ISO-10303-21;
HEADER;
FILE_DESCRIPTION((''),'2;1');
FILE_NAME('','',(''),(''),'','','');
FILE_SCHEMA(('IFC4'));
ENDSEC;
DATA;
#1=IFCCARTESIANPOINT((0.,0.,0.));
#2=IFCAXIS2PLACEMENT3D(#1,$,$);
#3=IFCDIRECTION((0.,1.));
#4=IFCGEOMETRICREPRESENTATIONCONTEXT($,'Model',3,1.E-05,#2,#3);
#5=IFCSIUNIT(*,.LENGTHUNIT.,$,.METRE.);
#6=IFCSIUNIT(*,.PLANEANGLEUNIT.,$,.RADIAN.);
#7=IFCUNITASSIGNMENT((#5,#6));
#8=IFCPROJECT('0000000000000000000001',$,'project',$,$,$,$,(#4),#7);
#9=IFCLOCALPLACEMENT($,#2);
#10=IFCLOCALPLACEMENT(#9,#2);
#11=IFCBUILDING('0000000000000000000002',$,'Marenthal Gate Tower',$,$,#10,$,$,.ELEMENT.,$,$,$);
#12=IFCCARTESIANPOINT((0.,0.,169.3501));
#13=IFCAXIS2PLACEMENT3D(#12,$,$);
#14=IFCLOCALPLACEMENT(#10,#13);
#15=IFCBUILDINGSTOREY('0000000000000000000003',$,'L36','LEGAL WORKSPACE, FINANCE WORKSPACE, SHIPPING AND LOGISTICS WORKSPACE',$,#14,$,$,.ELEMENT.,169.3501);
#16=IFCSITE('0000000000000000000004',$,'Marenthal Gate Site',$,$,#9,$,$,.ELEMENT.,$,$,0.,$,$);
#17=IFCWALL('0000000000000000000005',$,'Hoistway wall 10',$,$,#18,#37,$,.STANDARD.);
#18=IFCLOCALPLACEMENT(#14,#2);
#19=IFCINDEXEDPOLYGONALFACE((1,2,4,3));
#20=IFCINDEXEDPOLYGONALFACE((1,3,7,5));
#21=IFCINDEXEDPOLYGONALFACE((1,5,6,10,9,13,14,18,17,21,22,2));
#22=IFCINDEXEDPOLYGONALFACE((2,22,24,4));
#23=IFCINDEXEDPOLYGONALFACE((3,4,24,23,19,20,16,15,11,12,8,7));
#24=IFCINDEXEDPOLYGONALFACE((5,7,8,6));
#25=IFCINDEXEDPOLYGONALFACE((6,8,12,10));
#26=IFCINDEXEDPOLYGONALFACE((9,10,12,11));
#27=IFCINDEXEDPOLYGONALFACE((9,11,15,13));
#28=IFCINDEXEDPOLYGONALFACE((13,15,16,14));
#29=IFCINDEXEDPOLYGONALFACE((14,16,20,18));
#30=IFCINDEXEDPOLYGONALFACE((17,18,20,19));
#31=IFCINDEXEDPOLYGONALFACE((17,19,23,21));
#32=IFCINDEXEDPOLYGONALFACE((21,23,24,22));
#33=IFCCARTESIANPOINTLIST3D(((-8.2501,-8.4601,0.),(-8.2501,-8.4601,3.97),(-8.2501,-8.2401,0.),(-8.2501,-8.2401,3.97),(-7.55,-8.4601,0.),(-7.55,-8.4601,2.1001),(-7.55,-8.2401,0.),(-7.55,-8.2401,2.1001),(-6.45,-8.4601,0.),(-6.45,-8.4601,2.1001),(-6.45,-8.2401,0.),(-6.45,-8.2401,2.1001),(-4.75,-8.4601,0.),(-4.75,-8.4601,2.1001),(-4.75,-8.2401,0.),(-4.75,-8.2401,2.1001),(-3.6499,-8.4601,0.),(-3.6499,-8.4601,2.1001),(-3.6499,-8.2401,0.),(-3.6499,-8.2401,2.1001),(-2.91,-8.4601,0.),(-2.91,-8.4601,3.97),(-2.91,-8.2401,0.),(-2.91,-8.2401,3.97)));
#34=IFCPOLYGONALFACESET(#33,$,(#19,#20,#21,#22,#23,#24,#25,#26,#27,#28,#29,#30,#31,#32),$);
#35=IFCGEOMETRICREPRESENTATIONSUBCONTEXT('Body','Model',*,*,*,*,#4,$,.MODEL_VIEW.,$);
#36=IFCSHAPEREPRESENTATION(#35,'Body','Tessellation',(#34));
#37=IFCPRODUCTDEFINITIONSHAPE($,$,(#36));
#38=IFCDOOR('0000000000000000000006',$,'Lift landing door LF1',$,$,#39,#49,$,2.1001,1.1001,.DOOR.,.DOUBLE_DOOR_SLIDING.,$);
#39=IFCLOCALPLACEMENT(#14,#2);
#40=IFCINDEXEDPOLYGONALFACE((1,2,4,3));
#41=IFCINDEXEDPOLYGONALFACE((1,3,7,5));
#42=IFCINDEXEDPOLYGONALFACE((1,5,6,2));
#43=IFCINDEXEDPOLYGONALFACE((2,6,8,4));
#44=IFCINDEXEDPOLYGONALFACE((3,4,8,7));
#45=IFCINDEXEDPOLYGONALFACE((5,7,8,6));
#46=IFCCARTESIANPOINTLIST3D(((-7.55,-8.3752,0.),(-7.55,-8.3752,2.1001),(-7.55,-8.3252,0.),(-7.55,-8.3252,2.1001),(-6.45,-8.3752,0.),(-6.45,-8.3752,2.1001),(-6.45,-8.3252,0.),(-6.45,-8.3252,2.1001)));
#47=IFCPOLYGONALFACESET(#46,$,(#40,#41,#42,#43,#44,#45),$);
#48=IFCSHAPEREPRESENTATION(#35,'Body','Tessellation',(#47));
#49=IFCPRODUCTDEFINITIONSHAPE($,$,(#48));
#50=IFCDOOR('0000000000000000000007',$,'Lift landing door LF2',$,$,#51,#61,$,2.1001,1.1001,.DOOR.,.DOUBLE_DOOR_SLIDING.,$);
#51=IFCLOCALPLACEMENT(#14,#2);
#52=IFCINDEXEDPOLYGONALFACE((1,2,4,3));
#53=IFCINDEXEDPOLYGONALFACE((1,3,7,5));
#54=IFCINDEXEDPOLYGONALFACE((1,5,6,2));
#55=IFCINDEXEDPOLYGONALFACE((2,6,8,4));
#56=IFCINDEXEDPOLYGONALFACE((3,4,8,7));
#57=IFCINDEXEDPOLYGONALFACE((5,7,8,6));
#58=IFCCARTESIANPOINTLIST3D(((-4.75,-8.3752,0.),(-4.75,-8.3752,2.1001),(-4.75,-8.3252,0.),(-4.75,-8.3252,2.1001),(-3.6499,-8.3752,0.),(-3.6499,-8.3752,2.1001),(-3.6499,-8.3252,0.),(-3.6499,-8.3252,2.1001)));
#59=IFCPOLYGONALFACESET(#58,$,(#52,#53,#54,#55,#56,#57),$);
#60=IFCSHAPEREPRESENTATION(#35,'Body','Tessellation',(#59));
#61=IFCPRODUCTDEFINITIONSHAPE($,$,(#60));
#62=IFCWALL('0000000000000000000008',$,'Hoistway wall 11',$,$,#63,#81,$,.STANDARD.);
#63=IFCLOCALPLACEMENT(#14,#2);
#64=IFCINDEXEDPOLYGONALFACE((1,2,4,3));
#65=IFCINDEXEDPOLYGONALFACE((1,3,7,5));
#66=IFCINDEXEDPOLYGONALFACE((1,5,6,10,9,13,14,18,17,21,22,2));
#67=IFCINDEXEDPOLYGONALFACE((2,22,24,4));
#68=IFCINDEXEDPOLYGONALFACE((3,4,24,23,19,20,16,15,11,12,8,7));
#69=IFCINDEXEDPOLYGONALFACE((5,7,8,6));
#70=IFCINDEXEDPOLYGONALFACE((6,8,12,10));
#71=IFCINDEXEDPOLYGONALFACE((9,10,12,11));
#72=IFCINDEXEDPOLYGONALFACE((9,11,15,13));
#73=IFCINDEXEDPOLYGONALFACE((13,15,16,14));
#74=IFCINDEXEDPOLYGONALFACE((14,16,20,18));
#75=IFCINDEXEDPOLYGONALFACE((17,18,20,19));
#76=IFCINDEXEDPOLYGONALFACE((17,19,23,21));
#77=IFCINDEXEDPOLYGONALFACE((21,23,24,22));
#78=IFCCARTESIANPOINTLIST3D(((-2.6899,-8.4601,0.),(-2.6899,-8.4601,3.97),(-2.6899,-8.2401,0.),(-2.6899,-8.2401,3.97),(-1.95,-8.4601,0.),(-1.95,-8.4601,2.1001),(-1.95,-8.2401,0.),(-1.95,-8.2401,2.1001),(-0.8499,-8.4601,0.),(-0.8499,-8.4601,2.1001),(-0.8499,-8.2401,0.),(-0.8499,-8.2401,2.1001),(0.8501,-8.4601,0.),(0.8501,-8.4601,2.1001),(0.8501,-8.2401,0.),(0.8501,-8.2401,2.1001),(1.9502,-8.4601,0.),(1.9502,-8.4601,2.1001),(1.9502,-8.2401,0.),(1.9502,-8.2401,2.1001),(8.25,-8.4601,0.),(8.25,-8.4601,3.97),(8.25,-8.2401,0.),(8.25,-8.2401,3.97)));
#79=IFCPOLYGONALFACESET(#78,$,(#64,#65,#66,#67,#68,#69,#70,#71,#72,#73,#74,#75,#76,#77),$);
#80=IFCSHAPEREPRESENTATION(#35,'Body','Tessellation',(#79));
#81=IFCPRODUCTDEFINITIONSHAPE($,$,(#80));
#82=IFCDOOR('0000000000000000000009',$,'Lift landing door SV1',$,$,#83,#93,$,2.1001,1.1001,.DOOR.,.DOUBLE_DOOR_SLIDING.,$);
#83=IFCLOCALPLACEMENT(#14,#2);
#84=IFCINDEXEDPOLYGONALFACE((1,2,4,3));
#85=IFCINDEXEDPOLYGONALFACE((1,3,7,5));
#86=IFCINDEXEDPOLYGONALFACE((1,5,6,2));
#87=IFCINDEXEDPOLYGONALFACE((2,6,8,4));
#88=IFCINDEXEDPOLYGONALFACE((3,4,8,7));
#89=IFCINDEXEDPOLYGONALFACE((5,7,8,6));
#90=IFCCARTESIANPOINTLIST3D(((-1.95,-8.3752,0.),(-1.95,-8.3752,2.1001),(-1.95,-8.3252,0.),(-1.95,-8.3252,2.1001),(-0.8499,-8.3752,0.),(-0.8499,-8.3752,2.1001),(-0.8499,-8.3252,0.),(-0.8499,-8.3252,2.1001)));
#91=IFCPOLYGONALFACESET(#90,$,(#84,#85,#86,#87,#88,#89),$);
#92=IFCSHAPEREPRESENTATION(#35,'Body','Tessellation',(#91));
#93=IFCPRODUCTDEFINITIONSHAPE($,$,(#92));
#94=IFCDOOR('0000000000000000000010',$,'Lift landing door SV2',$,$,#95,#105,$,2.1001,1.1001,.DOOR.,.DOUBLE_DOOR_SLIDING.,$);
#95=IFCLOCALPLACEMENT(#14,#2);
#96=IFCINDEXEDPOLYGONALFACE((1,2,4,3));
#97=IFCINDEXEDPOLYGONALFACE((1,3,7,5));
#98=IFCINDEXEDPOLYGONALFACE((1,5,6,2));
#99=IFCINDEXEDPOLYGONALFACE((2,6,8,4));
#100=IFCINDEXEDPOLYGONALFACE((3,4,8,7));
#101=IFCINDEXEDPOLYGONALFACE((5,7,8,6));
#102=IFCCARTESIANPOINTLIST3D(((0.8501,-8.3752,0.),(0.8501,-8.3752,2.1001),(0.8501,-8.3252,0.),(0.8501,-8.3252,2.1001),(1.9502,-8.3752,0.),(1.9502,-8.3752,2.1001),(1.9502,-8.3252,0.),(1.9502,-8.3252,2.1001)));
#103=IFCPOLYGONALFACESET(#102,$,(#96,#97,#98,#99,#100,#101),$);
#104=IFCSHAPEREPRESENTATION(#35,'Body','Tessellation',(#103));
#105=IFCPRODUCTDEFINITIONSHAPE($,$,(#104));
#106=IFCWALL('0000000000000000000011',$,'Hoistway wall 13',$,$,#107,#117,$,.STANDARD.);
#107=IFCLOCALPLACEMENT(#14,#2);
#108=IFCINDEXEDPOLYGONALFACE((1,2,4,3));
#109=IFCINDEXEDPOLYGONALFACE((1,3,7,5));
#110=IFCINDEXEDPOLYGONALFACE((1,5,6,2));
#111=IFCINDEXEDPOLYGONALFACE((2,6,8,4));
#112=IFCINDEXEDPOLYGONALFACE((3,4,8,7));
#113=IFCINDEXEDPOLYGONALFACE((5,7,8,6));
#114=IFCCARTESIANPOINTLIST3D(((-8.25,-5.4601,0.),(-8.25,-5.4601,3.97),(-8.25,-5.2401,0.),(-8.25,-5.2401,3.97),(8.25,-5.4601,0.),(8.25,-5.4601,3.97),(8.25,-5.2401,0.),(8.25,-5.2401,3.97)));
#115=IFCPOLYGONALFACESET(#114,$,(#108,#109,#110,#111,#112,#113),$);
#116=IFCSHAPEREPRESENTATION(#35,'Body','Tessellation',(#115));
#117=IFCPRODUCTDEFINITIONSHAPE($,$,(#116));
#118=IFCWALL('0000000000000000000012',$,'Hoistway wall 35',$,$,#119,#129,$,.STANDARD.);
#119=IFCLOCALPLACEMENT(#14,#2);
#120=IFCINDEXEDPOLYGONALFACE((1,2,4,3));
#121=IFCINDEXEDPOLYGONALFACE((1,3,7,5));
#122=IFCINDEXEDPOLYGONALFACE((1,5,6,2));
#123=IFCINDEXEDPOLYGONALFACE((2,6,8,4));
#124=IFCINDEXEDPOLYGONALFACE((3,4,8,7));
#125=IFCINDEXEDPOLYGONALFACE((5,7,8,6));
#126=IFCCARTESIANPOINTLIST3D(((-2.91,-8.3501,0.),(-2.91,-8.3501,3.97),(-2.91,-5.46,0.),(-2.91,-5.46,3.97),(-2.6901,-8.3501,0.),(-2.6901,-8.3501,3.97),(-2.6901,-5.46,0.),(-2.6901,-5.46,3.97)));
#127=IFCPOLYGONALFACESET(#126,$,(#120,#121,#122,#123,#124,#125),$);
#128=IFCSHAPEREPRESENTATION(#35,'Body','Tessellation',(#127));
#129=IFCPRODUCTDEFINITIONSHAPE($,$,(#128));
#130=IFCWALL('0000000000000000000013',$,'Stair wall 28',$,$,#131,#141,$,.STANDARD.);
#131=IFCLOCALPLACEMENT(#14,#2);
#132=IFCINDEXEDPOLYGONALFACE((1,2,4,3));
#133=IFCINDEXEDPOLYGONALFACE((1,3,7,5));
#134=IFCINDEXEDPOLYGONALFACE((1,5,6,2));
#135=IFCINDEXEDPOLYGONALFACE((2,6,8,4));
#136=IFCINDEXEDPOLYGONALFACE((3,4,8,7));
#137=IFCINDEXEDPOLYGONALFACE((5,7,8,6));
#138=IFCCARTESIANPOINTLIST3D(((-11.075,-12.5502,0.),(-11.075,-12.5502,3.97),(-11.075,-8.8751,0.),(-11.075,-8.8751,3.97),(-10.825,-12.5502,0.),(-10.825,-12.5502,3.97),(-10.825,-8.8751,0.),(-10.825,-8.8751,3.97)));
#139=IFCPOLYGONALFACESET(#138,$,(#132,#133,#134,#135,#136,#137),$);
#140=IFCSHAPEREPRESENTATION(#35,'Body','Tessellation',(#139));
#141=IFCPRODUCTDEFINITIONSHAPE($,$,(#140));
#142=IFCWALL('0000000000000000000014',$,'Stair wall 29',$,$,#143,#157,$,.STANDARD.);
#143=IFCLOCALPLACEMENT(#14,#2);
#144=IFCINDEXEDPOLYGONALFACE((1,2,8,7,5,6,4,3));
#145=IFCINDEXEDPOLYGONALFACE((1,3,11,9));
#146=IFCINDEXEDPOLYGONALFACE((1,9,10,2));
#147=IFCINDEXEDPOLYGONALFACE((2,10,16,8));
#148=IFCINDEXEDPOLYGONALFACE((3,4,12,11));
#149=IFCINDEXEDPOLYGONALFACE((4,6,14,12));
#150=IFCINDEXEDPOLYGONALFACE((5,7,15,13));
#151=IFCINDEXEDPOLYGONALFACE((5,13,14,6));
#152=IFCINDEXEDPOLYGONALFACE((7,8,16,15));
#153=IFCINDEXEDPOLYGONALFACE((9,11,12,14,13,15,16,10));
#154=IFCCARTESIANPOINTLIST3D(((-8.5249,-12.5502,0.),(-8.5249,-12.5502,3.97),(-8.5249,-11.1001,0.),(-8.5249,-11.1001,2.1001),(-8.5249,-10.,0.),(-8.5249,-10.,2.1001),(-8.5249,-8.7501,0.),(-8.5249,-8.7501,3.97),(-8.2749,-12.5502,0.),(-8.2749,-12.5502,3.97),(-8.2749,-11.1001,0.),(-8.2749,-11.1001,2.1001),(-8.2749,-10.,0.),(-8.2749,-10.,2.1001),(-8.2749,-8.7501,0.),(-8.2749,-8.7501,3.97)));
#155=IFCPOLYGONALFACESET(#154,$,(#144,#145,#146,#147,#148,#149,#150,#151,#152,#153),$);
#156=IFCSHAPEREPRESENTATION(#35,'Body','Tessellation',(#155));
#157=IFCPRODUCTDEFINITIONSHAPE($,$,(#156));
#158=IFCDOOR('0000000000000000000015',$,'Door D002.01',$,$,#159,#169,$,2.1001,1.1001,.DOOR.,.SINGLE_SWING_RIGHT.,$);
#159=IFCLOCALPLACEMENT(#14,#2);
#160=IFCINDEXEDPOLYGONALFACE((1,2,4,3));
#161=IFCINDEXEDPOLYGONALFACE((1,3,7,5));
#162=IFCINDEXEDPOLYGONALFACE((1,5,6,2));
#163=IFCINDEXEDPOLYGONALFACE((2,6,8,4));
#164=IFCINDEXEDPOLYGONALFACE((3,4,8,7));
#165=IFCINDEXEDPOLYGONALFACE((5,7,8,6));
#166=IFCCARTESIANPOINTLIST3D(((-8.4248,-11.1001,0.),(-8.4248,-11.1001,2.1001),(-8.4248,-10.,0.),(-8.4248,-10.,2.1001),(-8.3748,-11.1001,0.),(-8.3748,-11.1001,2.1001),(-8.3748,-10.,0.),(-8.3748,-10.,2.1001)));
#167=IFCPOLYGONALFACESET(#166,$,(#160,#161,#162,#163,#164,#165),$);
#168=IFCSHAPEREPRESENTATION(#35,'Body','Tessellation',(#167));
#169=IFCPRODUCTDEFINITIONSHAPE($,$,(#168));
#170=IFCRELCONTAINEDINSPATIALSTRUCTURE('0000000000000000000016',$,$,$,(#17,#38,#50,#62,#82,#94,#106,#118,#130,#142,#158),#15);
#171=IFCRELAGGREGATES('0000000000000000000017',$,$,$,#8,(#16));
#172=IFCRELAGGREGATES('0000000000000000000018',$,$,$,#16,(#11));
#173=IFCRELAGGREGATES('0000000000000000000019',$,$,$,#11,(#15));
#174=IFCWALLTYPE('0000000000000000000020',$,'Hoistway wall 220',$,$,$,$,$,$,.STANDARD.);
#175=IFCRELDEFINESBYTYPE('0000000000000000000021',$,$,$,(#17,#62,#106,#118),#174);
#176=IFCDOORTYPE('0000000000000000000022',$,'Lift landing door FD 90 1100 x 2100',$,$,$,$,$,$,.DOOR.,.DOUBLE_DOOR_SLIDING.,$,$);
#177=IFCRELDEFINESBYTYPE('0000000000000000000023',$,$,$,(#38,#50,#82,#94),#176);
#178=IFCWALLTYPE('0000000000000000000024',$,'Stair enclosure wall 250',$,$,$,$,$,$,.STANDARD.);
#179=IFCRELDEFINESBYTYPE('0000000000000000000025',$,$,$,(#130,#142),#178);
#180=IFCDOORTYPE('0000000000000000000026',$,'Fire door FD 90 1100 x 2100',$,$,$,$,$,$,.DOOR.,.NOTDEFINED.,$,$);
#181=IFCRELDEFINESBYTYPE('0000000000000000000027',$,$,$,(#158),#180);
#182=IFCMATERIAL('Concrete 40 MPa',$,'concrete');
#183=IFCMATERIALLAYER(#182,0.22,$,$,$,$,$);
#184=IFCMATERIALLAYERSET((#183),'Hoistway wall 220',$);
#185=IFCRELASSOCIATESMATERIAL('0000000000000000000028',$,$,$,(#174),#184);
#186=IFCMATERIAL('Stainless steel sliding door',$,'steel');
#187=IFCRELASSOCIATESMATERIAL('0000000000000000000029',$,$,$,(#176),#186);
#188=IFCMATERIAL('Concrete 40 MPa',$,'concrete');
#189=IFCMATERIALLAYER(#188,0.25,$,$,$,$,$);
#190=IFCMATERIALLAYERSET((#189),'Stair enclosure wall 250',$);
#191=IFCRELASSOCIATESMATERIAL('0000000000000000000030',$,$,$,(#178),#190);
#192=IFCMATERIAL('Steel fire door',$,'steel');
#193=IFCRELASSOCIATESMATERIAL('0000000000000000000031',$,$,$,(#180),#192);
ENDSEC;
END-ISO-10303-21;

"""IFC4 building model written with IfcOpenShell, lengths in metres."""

from ifc_helpers import new_model, si_unit, direction, frame, frame_2d, origin, place, context, subcontext, project, spatial, rectangle, extrude, material, layer, layer_set, type_object, element, fill, save


model = new_model("IFC4")

# Units and contexts
model_context = context("Model", 3, precision=1e-05, world=origin(), true_north=direction((0.0, 1.0)))
body_context = subcontext(model_context, "Body", "Model", "MODEL_VIEW")
ifc_project = project(units=[si_unit("LENGTHUNIT", "METRE"), si_unit("PLANEANGLEUNIT", "RADIAN")], contexts=[model_context])

# Site, building, storey
site_placement = place(None, origin())
site = spatial("IfcSite", under=ifc_project, at=site_placement, Name="Marenthal Gate Site", CompositionType="ELEMENT", RefElevation=0.0)
building_placement = place(site_placement, origin())
building = spatial("IfcBuilding", under=site, at=building_placement, Name="Marenthal Gate Tower", CompositionType="ELEMENT")
storey_placement = place(building_placement, frame((0.0, 0.0, 169.3501)))
storey = spatial("IfcBuildingStorey", under=building, at=storey_placement, Name="L36", Description="LEGAL WORKSPACE, FINANCE WORKSPACE, SHIPPING AND LOGISTICS WORKSPACE", CompositionType="ELEMENT", Elevation=169.3501)

# Walls, openings, doors
ifc_material_1 = material(Name="Concrete 40 MPa", Category="concrete")
ifc_layer_1 = layer(ifc_material_1, 0.22)
ifc_layer_set_1 = layer_set([ifc_layer_1], Name="Hoistway wall 220")
wall_type_1 = type_object("IfcWallType", Name="Hoistway wall 220", PredefinedType="STANDARD", material=ifc_layer_set_1)
wall_1_placement = place(storey_placement, frame((-8.25, -8.3501, 0.0), z_axis=(0.0, 0.0, 1.0), x_axis=(1.0, 0.0, 0.0)))
wall_1 = element("IfcWall", 1, at=wall_1_placement, inside=storey, type_object=wall_type_1, Name="Hoistway wall 10", PredefinedType="STANDARD", context=body_context, shape_type="SweptSolid", body=[
    extrude(rectangle(XDim=5.3401, YDim=0.22, at=frame_2d((2.6699, 0.0))), origin(), (0.0, 0.0, 1.0), 3.97),
])
opening_1_placement = place(wall_1_placement, frame((0.7, 0.0, 0.0)))
opening_1 = element("IfcOpeningElement", 2, at=opening_1_placement, cuts=wall_1, PredefinedType="OPENING", context=body_context, shape_type="SweptSolid", body=[
    extrude(rectangle(XDim=1.1001, YDim=2.1001, at=frame_2d((0.55, 1.05))), frame((0.0, 0.1201, 0.0), z_axis=(0.0, -1.0, 0.0), x_axis=(1.0, 0.0, 0.0)), (0.0, 0.0, 1.0), 0.24),
])
opening_2_placement = place(wall_1_placement, frame((3.5, 0.0, 0.0)))
opening_2 = element("IfcOpeningElement", 3, at=opening_2_placement, cuts=wall_1, PredefinedType="OPENING", context=body_context, shape_type="SweptSolid", body=[
    extrude(rectangle(XDim=1.1001, YDim=2.1001, at=frame_2d((0.55, 1.05))), frame((0.0, 0.1201, 0.0), z_axis=(0.0, -1.0, 0.0), x_axis=(1.0, 0.0, 0.0)), (0.0, 0.0, 1.0), 0.24),
])
ifc_material_2 = material(Name="Stainless steel sliding door", Category="steel")
door_type_1 = type_object("IfcDoorType", Name="Lift landing door FD 90 1100 x 2100", OperationType="DOUBLE_DOOR_SLIDING", PredefinedType="DOOR", material=ifc_material_2)
door_1_placement = place(opening_1_placement, origin())
door_1 = element("IfcDoor", 4, at=door_1_placement, inside=storey, type_object=door_type_1, Name="Lift landing door LF1", OperationType="DOUBLE_DOOR_SLIDING", OverallHeight=2.1001, OverallWidth=1.1001, PredefinedType="DOOR", context=body_context, shape_type="SweptSolid", body=[
    extrude(rectangle(XDim=1.1001, YDim=2.1001, at=frame_2d((0.55, 1.05))), frame((0.0, 0.0249, 0.0), z_axis=(0.0, -1.0, 0.0), x_axis=(1.0, 0.0, 0.0)), (0.0, 0.0, 1.0), 0.05),
])
fill(opening_1, door_1)
door_2_placement = place(opening_2_placement, origin())
door_2 = element("IfcDoor", 5, at=door_2_placement, inside=storey, type_object=door_type_1, Name="Lift landing door LF2", OperationType="DOUBLE_DOOR_SLIDING", OverallHeight=2.1001, OverallWidth=1.1001, PredefinedType="DOOR", context=body_context, shape_type="SweptSolid", body=[
    extrude(rectangle(XDim=1.1001, YDim=2.1001, at=frame_2d((0.55, 1.05))), frame((0.0, 0.0249, 0.0), z_axis=(0.0, -1.0, 0.0), x_axis=(1.0, 0.0, 0.0)), (0.0, 0.0, 1.0), 0.05),
])
fill(opening_2, door_2)
wall_2_placement = place(storey_placement, frame((-2.6899, -8.3501, 0.0), z_axis=(0.0, 0.0, 1.0), x_axis=(1.0, 0.0, 0.0)))
wall_2 = element("IfcWall", 6, at=wall_2_placement, inside=storey, type_object=wall_type_1, Name="Hoistway wall 11", PredefinedType="STANDARD", context=body_context, shape_type="SweptSolid", body=[
    extrude(rectangle(XDim=10.9399, YDim=0.22, at=frame_2d((5.47, 0.0))), origin(), (0.0, 0.0, 1.0), 3.97),
])
opening_3_placement = place(wall_2_placement, frame((0.74, 0.0, 0.0)))
opening_3 = element("IfcOpeningElement", 7, at=opening_3_placement, cuts=wall_2, PredefinedType="OPENING", context=body_context, shape_type="SweptSolid", body=[
    extrude(rectangle(XDim=1.1001, YDim=2.1001, at=frame_2d((0.55, 1.05))), frame((0.0, 0.1201, 0.0), z_axis=(0.0, -1.0, 0.0), x_axis=(1.0, 0.0, 0.0)), (0.0, 0.0, 1.0), 0.24),
])
opening_4_placement = place(wall_2_placement, frame((3.54, 0.0, 0.0)))
opening_4 = element("IfcOpeningElement", 8, at=opening_4_placement, cuts=wall_2, PredefinedType="OPENING", context=body_context, shape_type="SweptSolid", body=[
    extrude(rectangle(XDim=1.1001, YDim=2.1001, at=frame_2d((0.55, 1.05))), frame((0.0, 0.1201, 0.0), z_axis=(0.0, -1.0, 0.0), x_axis=(1.0, 0.0, 0.0)), (0.0, 0.0, 1.0), 0.24),
])
door_3_placement = place(opening_3_placement, origin())
door_3 = element("IfcDoor", 9, at=door_3_placement, inside=storey, type_object=door_type_1, Name="Lift landing door SV1", OperationType="DOUBLE_DOOR_SLIDING", OverallHeight=2.1001, OverallWidth=1.1001, PredefinedType="DOOR", context=body_context, shape_type="SweptSolid", body=[
    extrude(rectangle(XDim=1.1001, YDim=2.1001, at=frame_2d((0.55, 1.05))), frame((0.0, 0.0249, 0.0), z_axis=(0.0, -1.0, 0.0), x_axis=(1.0, 0.0, 0.0)), (0.0, 0.0, 1.0), 0.05),
])
fill(opening_3, door_3)
door_4_placement = place(opening_4_placement, origin())
door_4 = element("IfcDoor", 10, at=door_4_placement, inside=storey, type_object=door_type_1, Name="Lift landing door SV2", OperationType="DOUBLE_DOOR_SLIDING", OverallHeight=2.1001, OverallWidth=1.1001, PredefinedType="DOOR", context=body_context, shape_type="SweptSolid", body=[
    extrude(rectangle(XDim=1.1001, YDim=2.1001, at=frame_2d((0.55, 1.05))), frame((0.0, 0.0249, 0.0), z_axis=(0.0, -1.0, 0.0), x_axis=(1.0, 0.0, 0.0)), (0.0, 0.0, 1.0), 0.05),
])
fill(opening_4, door_4)

# Walls
wall_3_placement = place(storey_placement, frame((-8.25, -5.3501, 0.0), z_axis=(0.0, 0.0, 1.0), x_axis=(1.0, 0.0, 0.0)))
element("IfcWall", 11, at=wall_3_placement, inside=storey, type_object=wall_type_1, Name="Hoistway wall 13", PredefinedType="STANDARD", context=body_context, shape_type="SweptSolid", body=[
    extrude(rectangle(XDim=16.5, YDim=0.22, at=frame_2d((8.25, 0.0))), origin(), (0.0, 0.0, 1.0), 3.97),
])
wall_4_placement = place(storey_placement, frame((-2.8, -8.3501, 0.0), z_axis=(0.0, 0.0, 1.0), x_axis=(0.0, 1.0, 0.0)))
element("IfcWall", 12, at=wall_4_placement, inside=storey, type_object=wall_type_1, Name="Hoistway wall 35", PredefinedType="STANDARD", context=body_context, shape_type="SweptSolid", body=[
    extrude(rectangle(XDim=2.8901, YDim=0.22, at=frame_2d((1.4451, 0.0))), origin(), (0.0, 0.0, 1.0), 3.97),
])
ifc_material_3 = material(Name="Concrete 40 MPa", Category="concrete")
ifc_layer_2 = layer(ifc_material_3, 0.25)
ifc_layer_set_2 = layer_set([ifc_layer_2], Name="Stair enclosure wall 250")
wall_type_2 = type_object("IfcWallType", Name="Stair enclosure wall 250", PredefinedType="STANDARD", material=ifc_layer_set_2)
wall_5_placement = place(storey_placement, frame((-10.95, -12.55, 0.0), z_axis=(0.0, 0.0, 1.0), x_axis=(0.0, 1.0, 0.0)))
element("IfcWall", 13, at=wall_5_placement, inside=storey, type_object=wall_type_2, Name="Stair wall 28", PredefinedType="STANDARD", context=body_context, shape_type="SweptSolid", body=[
    extrude(rectangle(XDim=3.675, YDim=0.25, at=frame_2d((1.8374, 0.0))), origin(), (0.0, 0.0, 1.0), 3.97),
])

# Wall, opening, door
wall_6_placement = place(storey_placement, frame((-8.3999, -12.55, 0.0), z_axis=(0.0, 0.0, 1.0), x_axis=(0.0, 1.0, 0.0)))
wall_6 = element("IfcWall", 14, at=wall_6_placement, inside=storey, type_object=wall_type_2, Name="Stair wall 29", PredefinedType="STANDARD", context=body_context, shape_type="SweptSolid", body=[
    extrude(rectangle(XDim=3.8, YDim=0.25, at=frame_2d((1.8999, 0.0))), origin(), (0.0, 0.0, 1.0), 3.97),
])
opening_5_placement = place(wall_6_placement, frame((1.45, 0.0, 0.0)))
opening_5 = element("IfcOpeningElement", 15, at=opening_5_placement, cuts=wall_6, PredefinedType="OPENING", context=body_context, shape_type="SweptSolid", body=[
    extrude(rectangle(XDim=1.1001, YDim=2.1001, at=frame_2d((0.55, 1.05))), frame((0.0, 0.135, 0.0), z_axis=(0.0, -1.0, 0.0), x_axis=(1.0, 0.0, 0.0)), (0.0, 0.0, 1.0), 0.27),
])
ifc_material_4 = material(Name="Steel fire door", Category="steel")
door_type_2 = type_object("IfcDoorType", Name="Fire door FD 90 1100 x 2100", OperationType="NOTDEFINED", PredefinedType="DOOR", material=ifc_material_4)
door_5_placement = place(opening_5_placement, origin())
door_5 = element("IfcDoor", 16, at=door_5_placement, inside=storey, type_object=door_type_2, Name="Door D002.01", OperationType="SINGLE_SWING_RIGHT", OverallHeight=2.1001, OverallWidth=1.1001, PredefinedType="DOOR", context=body_context, shape_type="SweptSolid", body=[
    extrude(rectangle(XDim=1.1001, YDim=2.1001, at=frame_2d((0.55, 1.05))), frame((0.0, 0.0249, 0.0), z_axis=(0.0, -1.0, 0.0), x_axis=(1.0, 0.0, 0.0)), (0.0, 0.0, 1.0), 0.05),
])
fill(opening_5, door_5)

save(model, "model.ifc")
